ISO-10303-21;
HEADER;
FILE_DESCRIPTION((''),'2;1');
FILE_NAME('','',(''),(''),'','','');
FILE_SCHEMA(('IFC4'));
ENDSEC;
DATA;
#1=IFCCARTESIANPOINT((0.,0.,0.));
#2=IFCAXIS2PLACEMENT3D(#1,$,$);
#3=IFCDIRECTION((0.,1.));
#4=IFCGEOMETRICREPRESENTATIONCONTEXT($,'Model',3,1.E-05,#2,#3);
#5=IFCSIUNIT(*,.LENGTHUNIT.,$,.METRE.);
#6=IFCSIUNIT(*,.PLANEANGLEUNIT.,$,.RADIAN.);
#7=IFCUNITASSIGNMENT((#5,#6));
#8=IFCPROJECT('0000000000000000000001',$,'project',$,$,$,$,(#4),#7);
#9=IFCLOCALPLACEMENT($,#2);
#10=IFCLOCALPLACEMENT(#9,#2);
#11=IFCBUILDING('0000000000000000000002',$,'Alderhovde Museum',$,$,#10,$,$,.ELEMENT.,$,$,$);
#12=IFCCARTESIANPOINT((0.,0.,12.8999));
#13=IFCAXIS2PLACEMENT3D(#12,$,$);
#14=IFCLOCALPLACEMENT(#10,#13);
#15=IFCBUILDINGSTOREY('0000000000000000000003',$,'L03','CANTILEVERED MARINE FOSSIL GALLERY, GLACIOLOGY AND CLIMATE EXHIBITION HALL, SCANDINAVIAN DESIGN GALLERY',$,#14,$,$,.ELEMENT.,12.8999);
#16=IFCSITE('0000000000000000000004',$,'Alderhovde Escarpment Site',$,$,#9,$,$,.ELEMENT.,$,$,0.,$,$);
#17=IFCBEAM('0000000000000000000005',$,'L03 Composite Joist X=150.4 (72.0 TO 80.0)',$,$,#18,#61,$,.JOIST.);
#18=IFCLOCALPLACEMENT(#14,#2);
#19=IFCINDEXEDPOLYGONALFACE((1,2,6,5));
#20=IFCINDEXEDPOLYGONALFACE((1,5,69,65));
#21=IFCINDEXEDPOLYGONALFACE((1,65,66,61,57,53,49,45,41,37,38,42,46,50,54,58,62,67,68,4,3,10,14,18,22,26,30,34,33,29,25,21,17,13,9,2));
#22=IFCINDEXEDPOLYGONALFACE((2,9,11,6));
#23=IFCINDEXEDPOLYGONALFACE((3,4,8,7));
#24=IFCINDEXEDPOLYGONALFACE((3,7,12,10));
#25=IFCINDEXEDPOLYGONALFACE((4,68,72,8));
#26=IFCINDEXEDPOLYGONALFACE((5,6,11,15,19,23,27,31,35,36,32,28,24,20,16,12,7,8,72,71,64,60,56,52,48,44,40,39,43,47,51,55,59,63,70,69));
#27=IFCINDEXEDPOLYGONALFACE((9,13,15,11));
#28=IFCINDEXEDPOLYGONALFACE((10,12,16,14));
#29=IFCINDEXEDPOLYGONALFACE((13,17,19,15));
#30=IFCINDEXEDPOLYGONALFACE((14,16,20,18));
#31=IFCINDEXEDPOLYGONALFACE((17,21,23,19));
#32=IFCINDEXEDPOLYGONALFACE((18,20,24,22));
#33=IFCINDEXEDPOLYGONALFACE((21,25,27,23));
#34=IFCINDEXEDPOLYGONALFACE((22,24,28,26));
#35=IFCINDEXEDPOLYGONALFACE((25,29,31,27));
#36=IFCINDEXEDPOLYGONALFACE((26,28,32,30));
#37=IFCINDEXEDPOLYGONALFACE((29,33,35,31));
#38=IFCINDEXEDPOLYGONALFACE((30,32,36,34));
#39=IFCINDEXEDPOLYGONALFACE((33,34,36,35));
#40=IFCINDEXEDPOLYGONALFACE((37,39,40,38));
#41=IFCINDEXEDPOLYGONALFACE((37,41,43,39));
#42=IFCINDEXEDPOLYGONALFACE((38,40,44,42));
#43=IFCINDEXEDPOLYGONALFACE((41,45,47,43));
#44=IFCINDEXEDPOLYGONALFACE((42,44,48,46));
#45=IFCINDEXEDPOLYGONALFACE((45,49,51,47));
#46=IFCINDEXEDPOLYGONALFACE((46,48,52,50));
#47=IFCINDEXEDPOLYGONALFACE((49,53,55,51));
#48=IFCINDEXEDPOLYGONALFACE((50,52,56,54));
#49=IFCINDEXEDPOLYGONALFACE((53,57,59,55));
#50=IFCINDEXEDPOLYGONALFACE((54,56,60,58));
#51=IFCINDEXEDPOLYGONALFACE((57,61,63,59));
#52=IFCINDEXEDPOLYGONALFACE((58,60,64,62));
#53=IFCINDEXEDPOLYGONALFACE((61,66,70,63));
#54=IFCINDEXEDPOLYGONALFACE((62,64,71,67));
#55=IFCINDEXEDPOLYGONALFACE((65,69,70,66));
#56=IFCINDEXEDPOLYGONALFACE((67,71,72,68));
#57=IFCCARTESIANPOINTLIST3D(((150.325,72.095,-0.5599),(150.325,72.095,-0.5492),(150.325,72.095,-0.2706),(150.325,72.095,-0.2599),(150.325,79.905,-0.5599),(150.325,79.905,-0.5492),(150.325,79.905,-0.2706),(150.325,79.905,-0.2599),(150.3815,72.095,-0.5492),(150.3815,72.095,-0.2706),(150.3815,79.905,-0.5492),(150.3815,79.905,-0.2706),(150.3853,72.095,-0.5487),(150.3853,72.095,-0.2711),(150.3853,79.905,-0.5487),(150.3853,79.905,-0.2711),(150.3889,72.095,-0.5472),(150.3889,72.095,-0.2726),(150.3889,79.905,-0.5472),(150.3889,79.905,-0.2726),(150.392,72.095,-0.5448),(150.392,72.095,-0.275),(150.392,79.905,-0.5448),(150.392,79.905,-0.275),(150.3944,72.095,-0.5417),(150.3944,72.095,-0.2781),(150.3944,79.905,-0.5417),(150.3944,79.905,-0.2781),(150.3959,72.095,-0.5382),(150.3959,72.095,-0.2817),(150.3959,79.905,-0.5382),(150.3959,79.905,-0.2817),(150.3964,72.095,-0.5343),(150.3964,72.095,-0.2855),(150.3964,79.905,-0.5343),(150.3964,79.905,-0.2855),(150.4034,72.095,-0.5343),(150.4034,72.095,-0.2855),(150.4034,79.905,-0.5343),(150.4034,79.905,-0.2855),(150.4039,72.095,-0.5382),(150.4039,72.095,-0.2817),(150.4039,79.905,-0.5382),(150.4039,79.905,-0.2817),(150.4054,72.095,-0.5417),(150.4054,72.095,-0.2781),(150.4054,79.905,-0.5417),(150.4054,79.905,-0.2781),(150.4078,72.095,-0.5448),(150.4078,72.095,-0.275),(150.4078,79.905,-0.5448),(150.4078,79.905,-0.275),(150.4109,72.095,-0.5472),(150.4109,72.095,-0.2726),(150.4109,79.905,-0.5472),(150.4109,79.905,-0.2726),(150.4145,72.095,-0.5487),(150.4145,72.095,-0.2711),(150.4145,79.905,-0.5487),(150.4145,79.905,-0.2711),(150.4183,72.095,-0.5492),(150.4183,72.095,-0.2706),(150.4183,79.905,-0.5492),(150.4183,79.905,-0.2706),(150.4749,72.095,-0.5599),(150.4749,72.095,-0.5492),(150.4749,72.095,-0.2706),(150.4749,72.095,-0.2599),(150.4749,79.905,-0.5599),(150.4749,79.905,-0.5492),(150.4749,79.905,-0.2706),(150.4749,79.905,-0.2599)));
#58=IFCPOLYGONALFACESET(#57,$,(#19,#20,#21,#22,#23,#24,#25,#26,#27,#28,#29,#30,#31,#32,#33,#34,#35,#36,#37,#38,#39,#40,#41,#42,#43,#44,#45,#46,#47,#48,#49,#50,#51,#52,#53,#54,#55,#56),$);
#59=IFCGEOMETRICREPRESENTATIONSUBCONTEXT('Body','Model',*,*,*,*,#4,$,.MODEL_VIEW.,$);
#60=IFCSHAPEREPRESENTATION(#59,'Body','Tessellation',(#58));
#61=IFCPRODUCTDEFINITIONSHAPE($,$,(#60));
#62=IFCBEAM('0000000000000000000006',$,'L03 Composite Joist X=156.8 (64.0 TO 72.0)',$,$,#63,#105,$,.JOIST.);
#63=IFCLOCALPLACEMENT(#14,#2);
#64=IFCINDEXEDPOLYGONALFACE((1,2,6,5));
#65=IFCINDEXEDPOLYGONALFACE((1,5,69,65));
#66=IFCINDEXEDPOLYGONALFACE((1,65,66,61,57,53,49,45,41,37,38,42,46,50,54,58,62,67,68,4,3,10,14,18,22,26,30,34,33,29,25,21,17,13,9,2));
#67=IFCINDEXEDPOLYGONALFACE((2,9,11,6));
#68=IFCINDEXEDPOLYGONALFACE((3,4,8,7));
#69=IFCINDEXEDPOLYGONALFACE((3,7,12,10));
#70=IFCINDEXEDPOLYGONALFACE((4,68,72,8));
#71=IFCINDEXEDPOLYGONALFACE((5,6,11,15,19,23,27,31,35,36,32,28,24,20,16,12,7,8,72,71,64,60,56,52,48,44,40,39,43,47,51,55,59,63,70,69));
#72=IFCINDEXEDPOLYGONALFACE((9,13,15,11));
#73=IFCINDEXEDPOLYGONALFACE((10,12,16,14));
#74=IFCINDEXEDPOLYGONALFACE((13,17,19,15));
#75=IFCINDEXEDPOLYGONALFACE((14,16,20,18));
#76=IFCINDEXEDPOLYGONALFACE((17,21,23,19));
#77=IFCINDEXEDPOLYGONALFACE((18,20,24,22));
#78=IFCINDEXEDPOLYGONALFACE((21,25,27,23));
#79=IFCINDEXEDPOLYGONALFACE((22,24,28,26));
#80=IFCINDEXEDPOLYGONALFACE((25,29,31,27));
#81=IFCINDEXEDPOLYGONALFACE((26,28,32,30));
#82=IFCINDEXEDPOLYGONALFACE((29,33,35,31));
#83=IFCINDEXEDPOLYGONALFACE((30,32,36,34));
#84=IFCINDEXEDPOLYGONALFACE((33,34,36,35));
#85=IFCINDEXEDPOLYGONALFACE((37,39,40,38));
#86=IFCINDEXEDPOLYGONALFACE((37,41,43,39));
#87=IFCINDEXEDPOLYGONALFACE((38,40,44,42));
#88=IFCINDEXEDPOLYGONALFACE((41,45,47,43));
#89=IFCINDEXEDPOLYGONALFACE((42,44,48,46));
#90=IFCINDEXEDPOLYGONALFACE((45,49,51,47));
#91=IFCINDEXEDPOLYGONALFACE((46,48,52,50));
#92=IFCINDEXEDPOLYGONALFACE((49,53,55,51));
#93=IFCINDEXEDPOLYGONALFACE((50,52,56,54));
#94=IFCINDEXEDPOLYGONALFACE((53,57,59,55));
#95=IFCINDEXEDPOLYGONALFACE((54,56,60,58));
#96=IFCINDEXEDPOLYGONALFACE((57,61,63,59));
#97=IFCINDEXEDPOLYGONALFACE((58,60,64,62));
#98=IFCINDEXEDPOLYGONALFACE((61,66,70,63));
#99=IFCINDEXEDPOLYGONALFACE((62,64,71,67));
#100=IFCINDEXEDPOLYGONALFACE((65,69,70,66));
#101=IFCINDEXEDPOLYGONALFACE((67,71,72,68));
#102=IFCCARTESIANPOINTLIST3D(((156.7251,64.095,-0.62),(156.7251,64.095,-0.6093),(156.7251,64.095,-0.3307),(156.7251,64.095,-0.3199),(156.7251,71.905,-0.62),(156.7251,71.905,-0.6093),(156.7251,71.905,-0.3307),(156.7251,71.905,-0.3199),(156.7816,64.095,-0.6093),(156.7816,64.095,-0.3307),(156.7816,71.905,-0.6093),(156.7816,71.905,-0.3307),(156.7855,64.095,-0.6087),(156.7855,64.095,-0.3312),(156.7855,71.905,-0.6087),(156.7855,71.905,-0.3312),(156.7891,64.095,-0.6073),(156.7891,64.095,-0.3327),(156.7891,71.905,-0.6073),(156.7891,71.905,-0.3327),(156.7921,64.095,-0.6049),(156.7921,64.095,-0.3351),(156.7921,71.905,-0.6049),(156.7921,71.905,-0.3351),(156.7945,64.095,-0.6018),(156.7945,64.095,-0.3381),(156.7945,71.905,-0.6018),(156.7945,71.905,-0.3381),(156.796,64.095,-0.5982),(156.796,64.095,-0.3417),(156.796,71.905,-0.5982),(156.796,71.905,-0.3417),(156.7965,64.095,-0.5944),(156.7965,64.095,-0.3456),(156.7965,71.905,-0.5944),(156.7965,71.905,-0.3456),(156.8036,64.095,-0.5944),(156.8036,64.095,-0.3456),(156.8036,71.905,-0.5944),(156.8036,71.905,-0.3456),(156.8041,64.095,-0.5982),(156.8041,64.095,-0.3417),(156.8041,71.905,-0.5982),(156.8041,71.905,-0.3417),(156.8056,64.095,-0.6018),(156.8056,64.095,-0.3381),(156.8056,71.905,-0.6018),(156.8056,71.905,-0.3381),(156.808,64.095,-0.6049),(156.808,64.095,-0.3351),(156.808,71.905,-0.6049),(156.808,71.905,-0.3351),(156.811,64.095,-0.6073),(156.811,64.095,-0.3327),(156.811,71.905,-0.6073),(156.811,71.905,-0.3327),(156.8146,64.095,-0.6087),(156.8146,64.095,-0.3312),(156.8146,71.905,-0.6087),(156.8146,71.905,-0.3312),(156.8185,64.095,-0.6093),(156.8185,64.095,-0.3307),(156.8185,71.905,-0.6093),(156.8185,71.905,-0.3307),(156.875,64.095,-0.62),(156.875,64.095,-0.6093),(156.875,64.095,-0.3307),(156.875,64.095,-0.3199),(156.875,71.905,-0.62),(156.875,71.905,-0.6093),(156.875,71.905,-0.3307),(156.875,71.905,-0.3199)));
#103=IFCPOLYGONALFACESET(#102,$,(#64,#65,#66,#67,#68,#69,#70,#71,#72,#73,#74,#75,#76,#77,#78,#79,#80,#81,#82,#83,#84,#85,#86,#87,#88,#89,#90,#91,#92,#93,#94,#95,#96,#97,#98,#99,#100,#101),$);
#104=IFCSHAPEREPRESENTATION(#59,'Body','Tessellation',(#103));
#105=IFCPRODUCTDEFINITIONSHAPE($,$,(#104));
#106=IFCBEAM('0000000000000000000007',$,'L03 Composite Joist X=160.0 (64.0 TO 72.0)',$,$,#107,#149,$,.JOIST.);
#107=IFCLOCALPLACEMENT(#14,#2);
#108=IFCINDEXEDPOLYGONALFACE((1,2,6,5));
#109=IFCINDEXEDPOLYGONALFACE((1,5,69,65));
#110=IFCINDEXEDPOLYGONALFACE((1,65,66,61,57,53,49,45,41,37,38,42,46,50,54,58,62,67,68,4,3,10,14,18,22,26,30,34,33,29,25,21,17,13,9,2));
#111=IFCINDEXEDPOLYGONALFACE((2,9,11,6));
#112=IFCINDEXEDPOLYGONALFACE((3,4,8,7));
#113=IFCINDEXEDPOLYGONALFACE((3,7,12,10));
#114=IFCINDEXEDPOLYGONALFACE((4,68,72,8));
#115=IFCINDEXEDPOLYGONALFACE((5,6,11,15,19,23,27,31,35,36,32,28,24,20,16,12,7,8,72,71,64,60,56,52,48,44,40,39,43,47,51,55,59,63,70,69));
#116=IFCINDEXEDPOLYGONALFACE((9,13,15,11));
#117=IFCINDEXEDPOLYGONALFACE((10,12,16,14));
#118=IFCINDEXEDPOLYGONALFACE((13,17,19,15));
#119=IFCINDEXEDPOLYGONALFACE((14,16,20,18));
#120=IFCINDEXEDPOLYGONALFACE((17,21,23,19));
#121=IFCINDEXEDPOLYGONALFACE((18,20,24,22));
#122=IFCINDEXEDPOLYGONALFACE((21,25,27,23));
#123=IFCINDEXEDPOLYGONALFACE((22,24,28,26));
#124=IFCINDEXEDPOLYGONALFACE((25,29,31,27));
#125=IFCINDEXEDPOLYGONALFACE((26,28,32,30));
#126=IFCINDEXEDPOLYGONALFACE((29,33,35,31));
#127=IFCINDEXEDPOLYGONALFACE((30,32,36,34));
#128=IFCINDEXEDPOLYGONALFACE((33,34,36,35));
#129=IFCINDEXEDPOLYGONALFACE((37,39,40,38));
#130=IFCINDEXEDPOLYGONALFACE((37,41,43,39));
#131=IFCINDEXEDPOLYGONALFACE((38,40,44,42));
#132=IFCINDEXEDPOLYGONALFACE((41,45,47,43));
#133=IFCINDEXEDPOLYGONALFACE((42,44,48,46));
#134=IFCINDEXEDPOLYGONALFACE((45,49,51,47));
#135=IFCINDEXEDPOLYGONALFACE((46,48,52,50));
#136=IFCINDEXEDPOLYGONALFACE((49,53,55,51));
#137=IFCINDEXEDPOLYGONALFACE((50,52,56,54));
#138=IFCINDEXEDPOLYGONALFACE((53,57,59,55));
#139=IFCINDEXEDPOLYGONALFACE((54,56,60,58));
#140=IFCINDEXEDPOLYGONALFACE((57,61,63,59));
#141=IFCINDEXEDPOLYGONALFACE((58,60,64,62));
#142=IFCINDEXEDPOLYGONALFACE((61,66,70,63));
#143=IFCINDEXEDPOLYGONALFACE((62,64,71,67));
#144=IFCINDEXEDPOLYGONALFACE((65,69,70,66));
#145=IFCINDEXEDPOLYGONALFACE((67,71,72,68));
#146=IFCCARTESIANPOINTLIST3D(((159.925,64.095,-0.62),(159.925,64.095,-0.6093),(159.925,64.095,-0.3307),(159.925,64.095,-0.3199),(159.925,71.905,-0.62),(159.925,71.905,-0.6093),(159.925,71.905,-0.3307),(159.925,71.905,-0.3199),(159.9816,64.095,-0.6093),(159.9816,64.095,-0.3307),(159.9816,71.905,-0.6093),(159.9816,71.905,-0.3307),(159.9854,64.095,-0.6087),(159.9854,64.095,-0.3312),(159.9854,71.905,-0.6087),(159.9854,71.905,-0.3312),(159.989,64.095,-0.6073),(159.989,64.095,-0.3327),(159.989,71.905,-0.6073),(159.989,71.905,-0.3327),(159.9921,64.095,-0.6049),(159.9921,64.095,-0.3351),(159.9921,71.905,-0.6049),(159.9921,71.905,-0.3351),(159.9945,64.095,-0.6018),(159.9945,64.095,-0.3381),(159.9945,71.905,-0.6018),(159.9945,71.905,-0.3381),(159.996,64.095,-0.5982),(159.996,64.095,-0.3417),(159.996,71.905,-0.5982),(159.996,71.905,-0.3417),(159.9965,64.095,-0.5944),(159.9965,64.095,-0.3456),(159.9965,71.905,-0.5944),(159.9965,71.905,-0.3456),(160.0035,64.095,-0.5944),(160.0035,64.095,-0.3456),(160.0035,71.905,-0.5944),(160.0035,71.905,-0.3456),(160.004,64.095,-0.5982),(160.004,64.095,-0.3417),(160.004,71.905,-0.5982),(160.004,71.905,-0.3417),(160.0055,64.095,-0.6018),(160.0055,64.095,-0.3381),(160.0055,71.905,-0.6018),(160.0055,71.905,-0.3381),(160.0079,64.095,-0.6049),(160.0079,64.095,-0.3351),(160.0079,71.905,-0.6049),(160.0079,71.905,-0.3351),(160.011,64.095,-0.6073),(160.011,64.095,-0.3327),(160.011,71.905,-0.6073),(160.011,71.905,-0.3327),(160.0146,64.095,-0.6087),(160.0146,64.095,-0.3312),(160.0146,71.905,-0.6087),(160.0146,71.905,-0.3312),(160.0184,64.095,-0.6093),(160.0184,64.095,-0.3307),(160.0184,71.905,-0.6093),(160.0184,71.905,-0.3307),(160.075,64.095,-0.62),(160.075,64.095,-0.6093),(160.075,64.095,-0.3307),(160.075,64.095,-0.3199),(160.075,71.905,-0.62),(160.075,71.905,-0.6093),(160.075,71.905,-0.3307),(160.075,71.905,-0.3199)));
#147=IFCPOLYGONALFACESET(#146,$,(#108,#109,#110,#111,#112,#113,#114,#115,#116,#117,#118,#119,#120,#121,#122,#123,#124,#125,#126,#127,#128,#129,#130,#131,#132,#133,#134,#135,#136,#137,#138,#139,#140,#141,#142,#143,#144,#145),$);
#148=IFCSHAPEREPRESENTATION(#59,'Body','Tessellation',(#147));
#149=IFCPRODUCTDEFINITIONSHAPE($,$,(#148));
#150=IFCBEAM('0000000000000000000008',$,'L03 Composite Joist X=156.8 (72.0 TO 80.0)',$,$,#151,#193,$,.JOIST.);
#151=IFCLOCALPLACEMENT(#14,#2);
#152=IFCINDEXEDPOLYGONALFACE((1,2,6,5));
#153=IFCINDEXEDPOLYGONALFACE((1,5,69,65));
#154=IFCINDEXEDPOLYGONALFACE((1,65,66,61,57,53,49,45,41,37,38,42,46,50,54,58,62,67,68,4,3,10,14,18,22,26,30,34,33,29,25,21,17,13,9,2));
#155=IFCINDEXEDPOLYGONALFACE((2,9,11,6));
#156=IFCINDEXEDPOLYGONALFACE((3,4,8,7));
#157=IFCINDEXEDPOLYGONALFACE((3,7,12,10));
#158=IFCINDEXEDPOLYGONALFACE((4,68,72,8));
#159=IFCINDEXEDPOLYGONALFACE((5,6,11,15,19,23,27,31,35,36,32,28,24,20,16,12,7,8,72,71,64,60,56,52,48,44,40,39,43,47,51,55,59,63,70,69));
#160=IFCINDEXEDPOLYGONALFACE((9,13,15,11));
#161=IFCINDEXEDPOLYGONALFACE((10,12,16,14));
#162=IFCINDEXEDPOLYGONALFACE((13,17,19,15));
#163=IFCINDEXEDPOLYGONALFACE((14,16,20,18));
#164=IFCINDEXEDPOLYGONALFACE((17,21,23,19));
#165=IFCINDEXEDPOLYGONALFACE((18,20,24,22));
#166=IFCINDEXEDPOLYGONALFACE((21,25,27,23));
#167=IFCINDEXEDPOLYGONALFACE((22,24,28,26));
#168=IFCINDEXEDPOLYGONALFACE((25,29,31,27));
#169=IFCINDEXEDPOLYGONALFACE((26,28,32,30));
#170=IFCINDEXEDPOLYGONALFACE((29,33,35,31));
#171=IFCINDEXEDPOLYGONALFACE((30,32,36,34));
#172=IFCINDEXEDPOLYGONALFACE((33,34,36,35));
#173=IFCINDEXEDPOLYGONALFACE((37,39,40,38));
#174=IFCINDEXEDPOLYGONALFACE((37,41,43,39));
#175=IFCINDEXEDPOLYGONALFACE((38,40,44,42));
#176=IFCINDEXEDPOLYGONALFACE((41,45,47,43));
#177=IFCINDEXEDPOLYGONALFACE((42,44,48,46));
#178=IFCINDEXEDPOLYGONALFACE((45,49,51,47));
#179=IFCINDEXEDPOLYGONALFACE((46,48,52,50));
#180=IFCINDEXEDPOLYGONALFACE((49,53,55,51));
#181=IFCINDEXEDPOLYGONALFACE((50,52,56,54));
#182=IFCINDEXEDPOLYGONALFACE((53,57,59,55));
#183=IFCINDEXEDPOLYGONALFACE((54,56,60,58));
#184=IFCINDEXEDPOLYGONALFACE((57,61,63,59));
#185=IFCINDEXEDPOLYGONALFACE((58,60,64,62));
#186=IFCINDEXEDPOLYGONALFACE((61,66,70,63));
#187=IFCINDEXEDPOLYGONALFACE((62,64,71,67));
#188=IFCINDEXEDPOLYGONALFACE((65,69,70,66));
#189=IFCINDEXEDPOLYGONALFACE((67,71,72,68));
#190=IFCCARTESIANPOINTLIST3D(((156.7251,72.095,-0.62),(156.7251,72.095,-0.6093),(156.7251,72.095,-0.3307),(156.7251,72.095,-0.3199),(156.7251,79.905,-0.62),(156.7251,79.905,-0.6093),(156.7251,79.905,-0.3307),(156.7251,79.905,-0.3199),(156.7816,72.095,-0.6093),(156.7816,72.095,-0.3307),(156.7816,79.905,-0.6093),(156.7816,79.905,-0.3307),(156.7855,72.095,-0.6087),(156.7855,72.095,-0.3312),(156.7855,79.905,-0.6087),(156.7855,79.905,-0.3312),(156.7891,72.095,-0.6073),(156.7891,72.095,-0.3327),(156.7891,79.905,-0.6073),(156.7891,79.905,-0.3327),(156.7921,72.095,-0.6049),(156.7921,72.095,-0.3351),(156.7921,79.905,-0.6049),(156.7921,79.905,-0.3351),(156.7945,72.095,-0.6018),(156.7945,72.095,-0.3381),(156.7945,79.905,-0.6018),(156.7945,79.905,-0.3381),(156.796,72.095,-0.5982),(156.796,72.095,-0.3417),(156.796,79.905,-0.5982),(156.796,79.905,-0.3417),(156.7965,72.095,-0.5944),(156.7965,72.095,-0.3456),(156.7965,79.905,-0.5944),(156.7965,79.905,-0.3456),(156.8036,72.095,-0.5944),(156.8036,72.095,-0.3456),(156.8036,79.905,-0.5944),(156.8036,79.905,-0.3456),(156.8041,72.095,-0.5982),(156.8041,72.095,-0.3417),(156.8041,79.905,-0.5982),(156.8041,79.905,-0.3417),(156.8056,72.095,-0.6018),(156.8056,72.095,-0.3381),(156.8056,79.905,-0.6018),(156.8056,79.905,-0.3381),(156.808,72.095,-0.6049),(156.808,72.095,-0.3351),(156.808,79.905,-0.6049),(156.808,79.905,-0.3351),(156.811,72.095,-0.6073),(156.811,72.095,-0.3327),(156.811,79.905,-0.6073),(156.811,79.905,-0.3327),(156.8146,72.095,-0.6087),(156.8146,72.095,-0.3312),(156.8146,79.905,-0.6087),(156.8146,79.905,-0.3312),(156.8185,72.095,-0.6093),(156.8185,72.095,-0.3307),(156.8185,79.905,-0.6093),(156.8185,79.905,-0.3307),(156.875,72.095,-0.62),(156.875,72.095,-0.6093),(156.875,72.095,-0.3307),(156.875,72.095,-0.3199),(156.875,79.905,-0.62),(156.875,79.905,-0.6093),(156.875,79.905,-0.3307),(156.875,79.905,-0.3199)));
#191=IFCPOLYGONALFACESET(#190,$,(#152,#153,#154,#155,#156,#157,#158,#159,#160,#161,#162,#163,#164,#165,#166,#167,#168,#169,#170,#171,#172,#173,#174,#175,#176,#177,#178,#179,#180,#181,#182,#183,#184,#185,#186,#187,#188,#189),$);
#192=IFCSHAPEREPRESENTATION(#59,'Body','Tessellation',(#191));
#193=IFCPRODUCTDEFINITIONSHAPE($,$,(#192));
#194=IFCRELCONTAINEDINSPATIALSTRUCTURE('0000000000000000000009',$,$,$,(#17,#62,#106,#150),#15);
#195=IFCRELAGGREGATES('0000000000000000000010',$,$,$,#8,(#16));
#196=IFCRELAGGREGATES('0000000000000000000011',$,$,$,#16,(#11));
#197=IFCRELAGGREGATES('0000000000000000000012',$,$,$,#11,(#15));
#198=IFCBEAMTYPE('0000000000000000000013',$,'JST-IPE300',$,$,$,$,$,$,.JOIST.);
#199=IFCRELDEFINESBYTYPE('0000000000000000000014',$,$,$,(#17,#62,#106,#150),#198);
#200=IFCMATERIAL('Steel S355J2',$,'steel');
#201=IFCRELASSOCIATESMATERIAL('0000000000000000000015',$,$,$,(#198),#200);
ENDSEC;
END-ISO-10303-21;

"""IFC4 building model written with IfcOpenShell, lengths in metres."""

from ifc_helpers import new_model, si_unit, direction, frame, origin, origin_2d, place, context, subcontext, project, spatial, i_section, extrude, material, material_profile, profile_set, type_object, element, save


model = new_model("IFC4")

# Units and contexts
model_context = context("Model", 3, precision=1e-05, world=origin(), true_north=direction((0.0, 1.0)))
body_context = subcontext(model_context, "Body", "Model", "MODEL_VIEW")
ifc_project = project(units=[si_unit("LENGTHUNIT", "METRE"), si_unit("PLANEANGLEUNIT", "RADIAN")], contexts=[model_context])

# Site, building, storey
site_placement = place(None, origin())
site = spatial("IfcSite", under=ifc_project, at=site_placement, Name="Alderhovde Escarpment Site", CompositionType="ELEMENT", RefElevation=0.0)
building_placement = place(site_placement, origin())
building = spatial("IfcBuilding", under=site, at=building_placement, Name="Alderhovde Museum", CompositionType="ELEMENT")
storey_placement = place(building_placement, frame((0.0, 0.0, 12.8999)))
storey = spatial("IfcBuildingStorey", under=building, at=storey_placement, Name="L03", Description="CANTILEVERED MARINE FOSSIL GALLERY, GLACIOLOGY AND CLIMATE EXHIBITION HALL, SCANDINAVIAN DESIGN GALLERY", CompositionType="ELEMENT", Elevation=12.8999)

# Beams
ifc_material_1 = material(Name="Steel S355J2", Category="steel")
ifc_material_profile_1 = material_profile(ifc_material_1, i_section(OverallWidth=0.1499, OverallDepth=0.3, WebThickness=0.0071, FlangeThickness=0.0107, FilletRadius=0.0149, at=origin_2d()), Name="IPE 300")
ifc_profile_set_1 = profile_set([ifc_material_profile_1], Name="Steel S355J2")
beam_type_1 = type_object("IfcBeamType", Name="JST-IPE300", PredefinedType="JOIST", material=ifc_profile_set_1)
for number, where, z_axis, x_axis, name in (
    (1, (150.3999, 72.095, -0.4099), (0.0, 1.0, 0.0), (-1.0, 0.0, 0.0), "L03 Composite Joist X=150.4 (72.0 TO 80.0)"),
    (2, (156.8, 64.095, -0.47), (0.0, 1.0, 0.0), (-1.0, 0.0, 0.0), "L03 Composite Joist X=156.8 (64.0 TO 72.0)"),
    (3, (160.0, 64.095, -0.47), (0.0, 1.0, 0.0), (-1.0, 0.0, 0.0), "L03 Composite Joist X=160.0 (64.0 TO 72.0)"),
    (4, (156.8, 72.095, -0.47), (0.0, 1.0, 0.0), (-1.0, 0.0, 0.0), "L03 Composite Joist X=156.8 (72.0 TO 80.0)"),
):
    element("IfcBeam", number, at=place(storey_placement, frame(where, z_axis=z_axis, x_axis=x_axis)), inside=storey, type_object=beam_type_1, Name=name, PredefinedType="JOIST", context=body_context, shape_type="SweptSolid", body=[
        extrude(i_section(OverallWidth=0.1499, OverallDepth=0.3, WebThickness=0.0071, FlangeThickness=0.0107, FilletRadius=0.0149, at=origin_2d()), origin(), (0.0, 0.0, 1.0), 7.8101),
    ])

save(model, "model.ifc")
